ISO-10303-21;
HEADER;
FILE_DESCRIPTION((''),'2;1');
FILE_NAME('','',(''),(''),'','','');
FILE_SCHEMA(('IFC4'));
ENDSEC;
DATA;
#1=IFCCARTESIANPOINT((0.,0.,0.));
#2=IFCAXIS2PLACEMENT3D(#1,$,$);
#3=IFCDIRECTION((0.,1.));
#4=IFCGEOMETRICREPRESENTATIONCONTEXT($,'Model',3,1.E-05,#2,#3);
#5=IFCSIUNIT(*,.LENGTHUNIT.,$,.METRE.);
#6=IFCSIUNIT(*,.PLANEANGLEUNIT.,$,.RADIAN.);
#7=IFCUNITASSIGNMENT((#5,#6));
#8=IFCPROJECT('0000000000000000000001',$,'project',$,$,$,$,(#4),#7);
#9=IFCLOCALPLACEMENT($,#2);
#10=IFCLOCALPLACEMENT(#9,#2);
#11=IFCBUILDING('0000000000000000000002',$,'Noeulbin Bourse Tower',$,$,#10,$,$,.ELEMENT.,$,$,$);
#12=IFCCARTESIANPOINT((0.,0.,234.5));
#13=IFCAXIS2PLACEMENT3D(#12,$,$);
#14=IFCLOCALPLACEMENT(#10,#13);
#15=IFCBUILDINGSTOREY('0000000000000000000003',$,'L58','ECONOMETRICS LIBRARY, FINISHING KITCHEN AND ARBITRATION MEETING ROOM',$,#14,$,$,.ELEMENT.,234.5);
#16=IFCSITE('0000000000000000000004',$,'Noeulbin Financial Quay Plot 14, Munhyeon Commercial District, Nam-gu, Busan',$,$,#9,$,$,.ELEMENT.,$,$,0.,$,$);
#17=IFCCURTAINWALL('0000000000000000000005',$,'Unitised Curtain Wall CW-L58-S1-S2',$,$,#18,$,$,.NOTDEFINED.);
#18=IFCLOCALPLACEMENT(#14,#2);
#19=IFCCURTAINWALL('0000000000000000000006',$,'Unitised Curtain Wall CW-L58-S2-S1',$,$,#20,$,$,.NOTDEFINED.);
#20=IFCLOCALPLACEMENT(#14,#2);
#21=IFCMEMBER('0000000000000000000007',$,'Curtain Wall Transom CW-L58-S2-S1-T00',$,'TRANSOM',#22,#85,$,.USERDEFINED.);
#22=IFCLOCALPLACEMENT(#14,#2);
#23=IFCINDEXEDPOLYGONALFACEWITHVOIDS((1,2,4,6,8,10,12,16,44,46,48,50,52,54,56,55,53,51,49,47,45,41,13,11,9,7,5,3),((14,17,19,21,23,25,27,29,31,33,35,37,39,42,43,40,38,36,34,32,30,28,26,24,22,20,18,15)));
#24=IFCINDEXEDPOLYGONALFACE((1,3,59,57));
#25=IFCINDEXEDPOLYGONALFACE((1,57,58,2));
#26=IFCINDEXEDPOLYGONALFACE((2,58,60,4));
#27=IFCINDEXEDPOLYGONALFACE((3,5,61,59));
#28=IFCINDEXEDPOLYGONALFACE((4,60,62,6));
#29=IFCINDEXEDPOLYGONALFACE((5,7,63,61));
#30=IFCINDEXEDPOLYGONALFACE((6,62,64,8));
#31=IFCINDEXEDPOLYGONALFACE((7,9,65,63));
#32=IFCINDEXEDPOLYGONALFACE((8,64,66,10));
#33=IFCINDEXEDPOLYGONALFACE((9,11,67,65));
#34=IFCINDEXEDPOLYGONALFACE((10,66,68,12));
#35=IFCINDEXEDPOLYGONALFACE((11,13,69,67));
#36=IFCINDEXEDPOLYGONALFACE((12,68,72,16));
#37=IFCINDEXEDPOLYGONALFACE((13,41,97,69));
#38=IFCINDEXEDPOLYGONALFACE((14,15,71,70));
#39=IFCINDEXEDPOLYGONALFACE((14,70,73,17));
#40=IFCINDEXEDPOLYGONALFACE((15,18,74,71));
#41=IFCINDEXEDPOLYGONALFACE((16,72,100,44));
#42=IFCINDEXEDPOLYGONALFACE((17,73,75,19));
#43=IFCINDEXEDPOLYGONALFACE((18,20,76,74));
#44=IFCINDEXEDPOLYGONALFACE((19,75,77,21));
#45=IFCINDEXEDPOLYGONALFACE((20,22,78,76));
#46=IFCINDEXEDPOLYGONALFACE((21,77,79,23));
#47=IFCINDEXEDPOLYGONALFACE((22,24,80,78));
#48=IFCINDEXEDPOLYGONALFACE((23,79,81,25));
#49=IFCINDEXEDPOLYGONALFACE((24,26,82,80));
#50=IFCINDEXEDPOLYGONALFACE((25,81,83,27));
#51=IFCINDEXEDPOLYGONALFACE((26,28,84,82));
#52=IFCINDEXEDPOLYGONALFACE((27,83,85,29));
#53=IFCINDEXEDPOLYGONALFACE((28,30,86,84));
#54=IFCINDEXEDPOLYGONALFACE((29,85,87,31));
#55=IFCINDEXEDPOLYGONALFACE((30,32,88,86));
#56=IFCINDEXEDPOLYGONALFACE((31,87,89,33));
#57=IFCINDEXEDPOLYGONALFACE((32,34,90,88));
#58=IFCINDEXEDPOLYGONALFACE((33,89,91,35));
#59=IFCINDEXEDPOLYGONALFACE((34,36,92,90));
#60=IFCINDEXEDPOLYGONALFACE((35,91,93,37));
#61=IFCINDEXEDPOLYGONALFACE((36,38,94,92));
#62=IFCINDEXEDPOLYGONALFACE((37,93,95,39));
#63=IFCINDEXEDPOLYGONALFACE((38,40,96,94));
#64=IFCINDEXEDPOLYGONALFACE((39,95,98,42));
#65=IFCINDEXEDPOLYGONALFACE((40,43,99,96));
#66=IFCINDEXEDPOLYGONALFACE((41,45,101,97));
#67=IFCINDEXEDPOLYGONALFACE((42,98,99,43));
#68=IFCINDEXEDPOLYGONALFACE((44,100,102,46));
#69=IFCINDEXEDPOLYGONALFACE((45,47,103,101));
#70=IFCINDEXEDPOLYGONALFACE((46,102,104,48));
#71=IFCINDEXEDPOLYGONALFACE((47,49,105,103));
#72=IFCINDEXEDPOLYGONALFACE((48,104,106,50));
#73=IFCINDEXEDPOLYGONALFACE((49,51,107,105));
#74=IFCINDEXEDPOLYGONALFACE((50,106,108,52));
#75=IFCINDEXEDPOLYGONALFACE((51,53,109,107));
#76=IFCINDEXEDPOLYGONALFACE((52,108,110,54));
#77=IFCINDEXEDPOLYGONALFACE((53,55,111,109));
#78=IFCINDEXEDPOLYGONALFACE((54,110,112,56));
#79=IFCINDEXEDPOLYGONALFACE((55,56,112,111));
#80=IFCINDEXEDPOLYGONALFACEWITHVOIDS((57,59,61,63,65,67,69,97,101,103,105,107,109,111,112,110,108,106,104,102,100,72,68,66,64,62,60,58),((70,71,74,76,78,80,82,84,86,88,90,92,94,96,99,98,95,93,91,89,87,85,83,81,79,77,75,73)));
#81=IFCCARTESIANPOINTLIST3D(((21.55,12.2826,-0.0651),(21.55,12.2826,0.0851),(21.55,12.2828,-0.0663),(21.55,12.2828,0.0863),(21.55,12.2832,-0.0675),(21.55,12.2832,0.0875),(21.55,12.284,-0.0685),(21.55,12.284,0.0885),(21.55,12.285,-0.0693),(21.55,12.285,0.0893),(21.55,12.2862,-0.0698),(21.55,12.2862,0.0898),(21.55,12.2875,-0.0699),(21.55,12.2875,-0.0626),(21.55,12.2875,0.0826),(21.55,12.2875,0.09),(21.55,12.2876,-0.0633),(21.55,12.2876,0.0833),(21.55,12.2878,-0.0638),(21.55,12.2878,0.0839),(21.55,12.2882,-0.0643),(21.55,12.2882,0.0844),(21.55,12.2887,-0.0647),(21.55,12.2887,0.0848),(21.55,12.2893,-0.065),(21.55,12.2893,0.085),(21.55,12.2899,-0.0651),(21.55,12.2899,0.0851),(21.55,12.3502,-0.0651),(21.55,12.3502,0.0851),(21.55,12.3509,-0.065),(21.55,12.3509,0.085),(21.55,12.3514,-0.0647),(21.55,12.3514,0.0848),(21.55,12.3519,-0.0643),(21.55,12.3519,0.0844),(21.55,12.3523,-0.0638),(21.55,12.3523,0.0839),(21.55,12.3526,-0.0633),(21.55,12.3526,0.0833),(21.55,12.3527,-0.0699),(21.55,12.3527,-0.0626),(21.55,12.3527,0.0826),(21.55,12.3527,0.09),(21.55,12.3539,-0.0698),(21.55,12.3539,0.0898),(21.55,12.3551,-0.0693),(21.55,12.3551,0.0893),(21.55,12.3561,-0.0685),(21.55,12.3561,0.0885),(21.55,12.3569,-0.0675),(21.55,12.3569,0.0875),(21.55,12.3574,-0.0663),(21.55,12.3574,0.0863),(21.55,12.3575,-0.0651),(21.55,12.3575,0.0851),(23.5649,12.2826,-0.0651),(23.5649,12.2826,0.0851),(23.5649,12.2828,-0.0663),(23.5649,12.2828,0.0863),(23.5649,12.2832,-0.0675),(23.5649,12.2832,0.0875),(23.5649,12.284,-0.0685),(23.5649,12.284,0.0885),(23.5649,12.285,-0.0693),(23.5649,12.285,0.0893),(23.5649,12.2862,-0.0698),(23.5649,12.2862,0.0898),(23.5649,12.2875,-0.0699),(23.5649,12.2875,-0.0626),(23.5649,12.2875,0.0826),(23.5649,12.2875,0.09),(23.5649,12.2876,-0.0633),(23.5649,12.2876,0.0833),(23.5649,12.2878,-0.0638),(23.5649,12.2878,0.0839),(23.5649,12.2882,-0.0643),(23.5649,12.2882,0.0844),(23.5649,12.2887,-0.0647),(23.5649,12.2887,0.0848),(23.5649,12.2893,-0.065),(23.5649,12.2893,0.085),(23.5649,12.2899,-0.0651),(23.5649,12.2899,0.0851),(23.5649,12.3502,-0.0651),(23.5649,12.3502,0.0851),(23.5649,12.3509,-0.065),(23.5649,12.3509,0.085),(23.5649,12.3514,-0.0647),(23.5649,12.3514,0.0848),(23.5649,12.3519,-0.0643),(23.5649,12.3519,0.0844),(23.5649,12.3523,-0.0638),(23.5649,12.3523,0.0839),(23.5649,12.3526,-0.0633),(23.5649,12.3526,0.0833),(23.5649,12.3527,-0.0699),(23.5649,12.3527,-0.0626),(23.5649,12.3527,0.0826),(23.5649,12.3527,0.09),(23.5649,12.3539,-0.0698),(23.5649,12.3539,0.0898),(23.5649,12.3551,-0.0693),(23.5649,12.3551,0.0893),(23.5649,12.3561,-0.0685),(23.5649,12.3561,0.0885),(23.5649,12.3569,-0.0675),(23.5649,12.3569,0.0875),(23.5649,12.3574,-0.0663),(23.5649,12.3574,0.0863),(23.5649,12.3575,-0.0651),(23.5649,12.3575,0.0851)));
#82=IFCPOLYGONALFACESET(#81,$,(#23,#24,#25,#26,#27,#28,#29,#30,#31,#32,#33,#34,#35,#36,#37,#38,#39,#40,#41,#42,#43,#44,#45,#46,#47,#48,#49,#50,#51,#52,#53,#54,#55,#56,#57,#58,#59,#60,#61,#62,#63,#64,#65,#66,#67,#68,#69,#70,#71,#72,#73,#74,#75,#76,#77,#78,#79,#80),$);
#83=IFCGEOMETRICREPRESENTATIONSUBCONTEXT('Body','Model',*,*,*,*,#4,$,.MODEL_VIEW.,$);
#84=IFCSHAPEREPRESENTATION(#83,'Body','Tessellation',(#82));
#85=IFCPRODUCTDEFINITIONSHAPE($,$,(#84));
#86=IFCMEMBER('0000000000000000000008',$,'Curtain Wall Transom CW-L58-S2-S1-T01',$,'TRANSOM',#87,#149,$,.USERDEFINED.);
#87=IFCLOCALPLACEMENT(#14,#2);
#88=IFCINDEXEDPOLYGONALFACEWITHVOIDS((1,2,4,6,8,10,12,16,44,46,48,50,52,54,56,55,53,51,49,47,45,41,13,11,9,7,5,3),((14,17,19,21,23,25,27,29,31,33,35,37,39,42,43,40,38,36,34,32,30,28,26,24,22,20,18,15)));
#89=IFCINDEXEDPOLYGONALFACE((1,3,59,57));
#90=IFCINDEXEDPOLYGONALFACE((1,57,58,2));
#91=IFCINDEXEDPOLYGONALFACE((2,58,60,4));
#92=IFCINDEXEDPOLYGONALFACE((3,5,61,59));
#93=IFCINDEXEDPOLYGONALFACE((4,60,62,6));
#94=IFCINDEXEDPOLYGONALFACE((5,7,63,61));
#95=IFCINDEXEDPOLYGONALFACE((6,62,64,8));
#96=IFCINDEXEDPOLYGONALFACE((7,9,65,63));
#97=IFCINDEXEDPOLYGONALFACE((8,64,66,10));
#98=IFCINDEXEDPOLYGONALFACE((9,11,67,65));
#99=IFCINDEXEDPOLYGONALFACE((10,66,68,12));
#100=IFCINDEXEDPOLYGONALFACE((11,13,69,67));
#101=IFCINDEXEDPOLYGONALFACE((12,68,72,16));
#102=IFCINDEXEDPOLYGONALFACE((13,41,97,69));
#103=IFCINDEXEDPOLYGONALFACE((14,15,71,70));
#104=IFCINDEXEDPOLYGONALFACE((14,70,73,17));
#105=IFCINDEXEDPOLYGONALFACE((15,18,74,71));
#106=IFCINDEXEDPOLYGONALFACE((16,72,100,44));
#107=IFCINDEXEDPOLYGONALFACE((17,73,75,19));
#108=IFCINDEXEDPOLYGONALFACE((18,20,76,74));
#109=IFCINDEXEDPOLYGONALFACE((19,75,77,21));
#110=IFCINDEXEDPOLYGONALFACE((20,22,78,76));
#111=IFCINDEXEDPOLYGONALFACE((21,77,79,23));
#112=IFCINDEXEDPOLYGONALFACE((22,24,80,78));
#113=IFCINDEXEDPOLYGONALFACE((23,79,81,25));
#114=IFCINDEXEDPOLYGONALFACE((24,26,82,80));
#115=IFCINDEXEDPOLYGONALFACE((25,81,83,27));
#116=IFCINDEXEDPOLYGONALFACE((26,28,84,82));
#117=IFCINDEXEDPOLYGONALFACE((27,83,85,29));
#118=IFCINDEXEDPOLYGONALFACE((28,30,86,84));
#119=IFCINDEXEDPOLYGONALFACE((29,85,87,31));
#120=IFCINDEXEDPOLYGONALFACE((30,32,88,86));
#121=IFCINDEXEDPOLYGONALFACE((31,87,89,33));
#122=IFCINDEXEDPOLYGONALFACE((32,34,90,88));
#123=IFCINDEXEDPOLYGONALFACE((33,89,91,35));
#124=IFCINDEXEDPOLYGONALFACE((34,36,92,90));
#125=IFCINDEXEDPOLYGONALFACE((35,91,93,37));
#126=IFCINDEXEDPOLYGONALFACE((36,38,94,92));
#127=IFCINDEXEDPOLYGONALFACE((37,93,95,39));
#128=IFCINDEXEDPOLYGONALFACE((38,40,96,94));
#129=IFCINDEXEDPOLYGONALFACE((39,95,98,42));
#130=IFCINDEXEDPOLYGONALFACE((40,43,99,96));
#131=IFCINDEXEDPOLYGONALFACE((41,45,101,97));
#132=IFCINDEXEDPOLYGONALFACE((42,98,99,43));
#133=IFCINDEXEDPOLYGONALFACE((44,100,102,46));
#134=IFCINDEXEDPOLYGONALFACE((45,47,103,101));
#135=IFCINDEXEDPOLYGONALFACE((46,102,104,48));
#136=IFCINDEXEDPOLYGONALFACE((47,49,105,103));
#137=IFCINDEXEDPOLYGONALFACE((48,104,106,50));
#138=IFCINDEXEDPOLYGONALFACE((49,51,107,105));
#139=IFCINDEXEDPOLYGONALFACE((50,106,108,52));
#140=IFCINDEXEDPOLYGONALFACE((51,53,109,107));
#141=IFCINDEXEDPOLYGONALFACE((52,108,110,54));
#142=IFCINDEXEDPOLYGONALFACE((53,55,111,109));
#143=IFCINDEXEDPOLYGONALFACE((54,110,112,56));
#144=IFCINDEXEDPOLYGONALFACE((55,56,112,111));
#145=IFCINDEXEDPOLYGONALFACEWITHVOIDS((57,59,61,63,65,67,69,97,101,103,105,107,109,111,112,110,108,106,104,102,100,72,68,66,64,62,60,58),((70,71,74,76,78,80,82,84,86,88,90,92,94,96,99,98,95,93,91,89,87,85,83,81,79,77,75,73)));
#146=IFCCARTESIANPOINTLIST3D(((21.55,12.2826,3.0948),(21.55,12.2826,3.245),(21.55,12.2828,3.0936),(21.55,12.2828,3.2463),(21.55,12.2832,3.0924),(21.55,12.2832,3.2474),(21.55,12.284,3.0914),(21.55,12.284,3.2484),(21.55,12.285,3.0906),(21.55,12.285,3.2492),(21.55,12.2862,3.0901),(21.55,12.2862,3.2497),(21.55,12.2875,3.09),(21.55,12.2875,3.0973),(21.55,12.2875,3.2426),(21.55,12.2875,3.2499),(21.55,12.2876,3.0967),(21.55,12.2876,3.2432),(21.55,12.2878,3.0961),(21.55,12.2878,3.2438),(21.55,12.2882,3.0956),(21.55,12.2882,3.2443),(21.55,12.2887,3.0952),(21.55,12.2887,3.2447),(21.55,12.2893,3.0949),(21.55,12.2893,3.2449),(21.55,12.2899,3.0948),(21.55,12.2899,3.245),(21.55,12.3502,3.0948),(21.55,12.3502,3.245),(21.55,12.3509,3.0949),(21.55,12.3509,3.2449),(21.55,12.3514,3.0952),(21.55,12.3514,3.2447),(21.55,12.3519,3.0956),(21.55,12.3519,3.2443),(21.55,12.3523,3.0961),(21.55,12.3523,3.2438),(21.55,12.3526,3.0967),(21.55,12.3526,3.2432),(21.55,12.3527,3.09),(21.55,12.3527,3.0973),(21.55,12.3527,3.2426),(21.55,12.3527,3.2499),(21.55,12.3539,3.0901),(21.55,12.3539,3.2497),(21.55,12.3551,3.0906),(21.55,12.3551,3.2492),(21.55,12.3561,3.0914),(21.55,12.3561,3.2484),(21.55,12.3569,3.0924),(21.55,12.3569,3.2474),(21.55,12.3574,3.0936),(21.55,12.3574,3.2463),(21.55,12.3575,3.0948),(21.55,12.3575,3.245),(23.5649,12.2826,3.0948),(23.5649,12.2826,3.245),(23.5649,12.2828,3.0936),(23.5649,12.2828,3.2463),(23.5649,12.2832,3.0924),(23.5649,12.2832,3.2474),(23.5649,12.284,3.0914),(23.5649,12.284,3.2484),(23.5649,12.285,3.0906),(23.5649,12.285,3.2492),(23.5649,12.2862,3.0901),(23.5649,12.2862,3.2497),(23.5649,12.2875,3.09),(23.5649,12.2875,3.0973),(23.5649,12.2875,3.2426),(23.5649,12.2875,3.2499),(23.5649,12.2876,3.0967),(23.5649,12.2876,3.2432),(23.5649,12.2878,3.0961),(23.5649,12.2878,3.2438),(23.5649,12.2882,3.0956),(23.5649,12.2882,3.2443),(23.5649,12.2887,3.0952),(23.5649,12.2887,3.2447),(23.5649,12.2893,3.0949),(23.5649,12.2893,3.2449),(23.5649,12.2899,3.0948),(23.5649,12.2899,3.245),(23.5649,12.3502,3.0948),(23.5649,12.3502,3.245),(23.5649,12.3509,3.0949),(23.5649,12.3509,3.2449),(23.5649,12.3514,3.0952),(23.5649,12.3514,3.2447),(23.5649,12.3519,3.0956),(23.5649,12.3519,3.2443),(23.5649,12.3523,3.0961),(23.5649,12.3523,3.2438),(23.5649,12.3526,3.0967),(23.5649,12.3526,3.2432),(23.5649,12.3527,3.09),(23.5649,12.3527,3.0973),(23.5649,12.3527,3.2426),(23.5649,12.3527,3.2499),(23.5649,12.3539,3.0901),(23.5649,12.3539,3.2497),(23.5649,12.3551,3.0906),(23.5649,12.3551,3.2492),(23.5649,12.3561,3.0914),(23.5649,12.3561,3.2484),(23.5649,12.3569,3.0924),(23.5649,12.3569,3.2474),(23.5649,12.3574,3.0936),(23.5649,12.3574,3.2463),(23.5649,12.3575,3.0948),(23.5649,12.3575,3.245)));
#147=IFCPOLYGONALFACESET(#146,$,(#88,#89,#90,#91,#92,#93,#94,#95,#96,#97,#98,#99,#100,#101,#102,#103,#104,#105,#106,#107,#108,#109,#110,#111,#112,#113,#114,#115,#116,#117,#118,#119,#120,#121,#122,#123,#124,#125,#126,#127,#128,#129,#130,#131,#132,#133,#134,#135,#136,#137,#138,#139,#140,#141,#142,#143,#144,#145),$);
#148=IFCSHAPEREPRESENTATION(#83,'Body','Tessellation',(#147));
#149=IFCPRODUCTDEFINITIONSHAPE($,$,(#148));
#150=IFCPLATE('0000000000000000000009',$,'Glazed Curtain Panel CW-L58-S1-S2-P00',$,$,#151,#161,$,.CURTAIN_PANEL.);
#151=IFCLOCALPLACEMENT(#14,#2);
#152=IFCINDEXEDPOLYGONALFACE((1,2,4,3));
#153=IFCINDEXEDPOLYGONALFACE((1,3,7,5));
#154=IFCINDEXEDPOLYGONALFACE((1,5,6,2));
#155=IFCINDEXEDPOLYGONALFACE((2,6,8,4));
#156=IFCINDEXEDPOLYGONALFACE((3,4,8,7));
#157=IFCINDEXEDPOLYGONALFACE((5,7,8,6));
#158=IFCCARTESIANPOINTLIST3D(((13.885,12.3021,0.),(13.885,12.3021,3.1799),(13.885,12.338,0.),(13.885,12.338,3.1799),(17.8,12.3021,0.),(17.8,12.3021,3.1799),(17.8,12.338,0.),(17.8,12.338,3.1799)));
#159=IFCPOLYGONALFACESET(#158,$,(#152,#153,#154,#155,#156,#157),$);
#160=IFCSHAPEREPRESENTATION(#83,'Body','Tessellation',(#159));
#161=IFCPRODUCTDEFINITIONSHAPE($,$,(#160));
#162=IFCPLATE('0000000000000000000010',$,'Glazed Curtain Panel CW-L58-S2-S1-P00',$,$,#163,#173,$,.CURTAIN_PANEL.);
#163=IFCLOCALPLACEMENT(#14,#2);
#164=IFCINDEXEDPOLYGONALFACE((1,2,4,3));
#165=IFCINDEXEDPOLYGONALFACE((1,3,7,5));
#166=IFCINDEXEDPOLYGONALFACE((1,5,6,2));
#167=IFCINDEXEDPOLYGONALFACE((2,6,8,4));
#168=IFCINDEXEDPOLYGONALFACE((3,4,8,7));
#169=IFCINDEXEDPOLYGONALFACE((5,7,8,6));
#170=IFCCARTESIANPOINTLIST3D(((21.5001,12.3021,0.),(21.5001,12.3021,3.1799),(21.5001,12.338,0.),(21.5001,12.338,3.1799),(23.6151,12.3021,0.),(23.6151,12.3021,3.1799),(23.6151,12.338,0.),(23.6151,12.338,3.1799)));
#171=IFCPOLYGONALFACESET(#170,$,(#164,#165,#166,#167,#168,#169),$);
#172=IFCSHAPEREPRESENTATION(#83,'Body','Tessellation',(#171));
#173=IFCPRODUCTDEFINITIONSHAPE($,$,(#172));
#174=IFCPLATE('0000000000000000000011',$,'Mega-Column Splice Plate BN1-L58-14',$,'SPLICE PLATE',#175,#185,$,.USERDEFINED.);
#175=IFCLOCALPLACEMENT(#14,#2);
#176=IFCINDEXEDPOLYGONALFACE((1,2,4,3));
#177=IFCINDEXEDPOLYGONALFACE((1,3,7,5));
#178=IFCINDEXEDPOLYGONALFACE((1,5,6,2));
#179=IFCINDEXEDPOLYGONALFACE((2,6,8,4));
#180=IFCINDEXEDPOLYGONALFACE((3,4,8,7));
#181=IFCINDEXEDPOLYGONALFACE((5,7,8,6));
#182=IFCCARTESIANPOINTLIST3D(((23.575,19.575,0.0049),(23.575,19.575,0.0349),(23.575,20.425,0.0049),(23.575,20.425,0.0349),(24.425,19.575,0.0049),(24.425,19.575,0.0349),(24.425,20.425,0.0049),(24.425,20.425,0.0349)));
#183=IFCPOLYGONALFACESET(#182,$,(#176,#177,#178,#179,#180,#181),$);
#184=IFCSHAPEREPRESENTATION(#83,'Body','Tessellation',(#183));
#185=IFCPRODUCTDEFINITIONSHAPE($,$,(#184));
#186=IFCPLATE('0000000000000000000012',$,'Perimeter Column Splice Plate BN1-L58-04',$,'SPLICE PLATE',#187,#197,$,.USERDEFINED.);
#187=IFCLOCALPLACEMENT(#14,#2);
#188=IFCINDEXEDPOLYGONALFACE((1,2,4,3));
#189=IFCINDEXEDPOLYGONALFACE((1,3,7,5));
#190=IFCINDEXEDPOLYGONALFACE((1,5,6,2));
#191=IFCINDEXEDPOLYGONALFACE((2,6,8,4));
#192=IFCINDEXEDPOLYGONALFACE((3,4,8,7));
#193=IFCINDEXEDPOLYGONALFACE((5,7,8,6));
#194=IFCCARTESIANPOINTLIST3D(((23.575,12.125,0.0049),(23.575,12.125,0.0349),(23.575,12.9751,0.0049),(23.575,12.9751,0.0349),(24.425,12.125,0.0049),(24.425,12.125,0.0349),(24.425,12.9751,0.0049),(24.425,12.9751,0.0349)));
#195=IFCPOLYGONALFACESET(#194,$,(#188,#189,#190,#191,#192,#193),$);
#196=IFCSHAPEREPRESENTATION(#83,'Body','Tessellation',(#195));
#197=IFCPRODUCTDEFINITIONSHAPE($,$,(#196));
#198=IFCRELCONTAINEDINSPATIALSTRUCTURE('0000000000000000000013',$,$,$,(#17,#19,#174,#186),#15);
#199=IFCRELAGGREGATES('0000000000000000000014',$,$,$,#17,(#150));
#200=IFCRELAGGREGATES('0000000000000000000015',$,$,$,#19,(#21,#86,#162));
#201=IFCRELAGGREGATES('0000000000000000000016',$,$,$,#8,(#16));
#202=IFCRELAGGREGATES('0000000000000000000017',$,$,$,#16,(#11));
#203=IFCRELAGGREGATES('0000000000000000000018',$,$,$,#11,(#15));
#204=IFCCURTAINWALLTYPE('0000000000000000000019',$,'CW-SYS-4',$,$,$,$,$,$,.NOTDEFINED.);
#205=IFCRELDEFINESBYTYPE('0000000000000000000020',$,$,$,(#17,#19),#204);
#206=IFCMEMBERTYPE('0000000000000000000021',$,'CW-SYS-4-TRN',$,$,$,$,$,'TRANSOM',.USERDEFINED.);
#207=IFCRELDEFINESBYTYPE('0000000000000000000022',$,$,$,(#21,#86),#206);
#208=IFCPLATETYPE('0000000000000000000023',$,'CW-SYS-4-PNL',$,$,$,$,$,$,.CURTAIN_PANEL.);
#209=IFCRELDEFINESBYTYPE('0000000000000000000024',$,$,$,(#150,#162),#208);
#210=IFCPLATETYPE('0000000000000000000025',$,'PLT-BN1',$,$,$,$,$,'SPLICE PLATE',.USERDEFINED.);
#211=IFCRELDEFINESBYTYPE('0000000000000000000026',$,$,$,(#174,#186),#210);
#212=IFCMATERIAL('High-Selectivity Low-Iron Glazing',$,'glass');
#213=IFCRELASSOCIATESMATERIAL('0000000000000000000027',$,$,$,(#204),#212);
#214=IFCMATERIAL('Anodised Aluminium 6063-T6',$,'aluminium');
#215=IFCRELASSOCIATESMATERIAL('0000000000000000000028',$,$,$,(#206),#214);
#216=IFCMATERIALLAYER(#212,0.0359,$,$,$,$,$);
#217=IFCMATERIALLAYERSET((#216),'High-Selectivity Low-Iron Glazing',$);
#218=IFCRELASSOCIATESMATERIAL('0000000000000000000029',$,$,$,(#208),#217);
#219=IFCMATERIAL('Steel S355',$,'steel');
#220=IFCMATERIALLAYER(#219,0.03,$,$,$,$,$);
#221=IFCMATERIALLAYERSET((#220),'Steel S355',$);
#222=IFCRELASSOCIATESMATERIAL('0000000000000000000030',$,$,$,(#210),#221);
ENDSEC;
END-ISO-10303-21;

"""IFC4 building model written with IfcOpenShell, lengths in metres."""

from ifc_helpers import new_model, si_unit, direction, frame, origin, origin_2d, place, context, subcontext, project, spatial, rectangle, hollow_rectangle, extrude, material, layer, layer_set, material_profile, profile_set, type_object, element, aggregate, save


model = new_model("IFC4")

# Units and contexts
model_context = context("Model", 3, precision=1e-05, world=origin(), true_north=direction((0.0, 1.0)))
body_context = subcontext(model_context, "Body", "Model", "MODEL_VIEW")
ifc_project = project(units=[si_unit("LENGTHUNIT", "METRE"), si_unit("PLANEANGLEUNIT", "RADIAN")], contexts=[model_context])

# Site, building, storey
site_placement = place(None, origin())
site = spatial("IfcSite", under=ifc_project, at=site_placement, Name="Noeulbin Financial Quay Plot 14, Munhyeon Commercial District, Nam-gu, Busan", CompositionType="ELEMENT", RefElevation=0.0)
building_placement = place(site_placement, origin())
building = spatial("IfcBuilding", under=site, at=building_placement, Name="Noeulbin Bourse Tower", CompositionType="ELEMENT")
storey_placement = place(building_placement, frame((0.0, 0.0, 234.5)))
storey = spatial("IfcBuildingStorey", under=building, at=storey_placement, Name="L58", Description="ECONOMETRICS LIBRARY, FINISHING KITCHEN AND ARBITRATION MEETING ROOM", CompositionType="ELEMENT", Elevation=234.5)

# Shared definitions
ifc_material_1 = material(Name="Steel S355", Category="steel")

# Curtain walls
ifc_material_2 = material(Name="High-Selectivity Low-Iron Glazing", Category="glass")
curtain_wall_type = type_object("IfcCurtainWallType", Name="CW-SYS-4", PredefinedType="NOTDEFINED", material=ifc_material_2)
curtain_wall_1_placement = place(storey_placement, origin())
curtain_wall_1 = element("IfcCurtainWall", 1, at=curtain_wall_1_placement, inside=storey, type_object=curtain_wall_type, Name="Unitised Curtain Wall CW-L58-S1-S2", PredefinedType="NOTDEFINED")
ifc_material_3 = material(Name="Anodised Aluminium 6063-T6", Category="aluminium")
curtain_wall_2_placement = place(storey_placement, origin())
curtain_wall_2 = element("IfcCurtainWall", 2, at=curtain_wall_2_placement, inside=storey, type_object=curtain_wall_type, Name="Unitised Curtain Wall CW-L58-S2-S1", PredefinedType="NOTDEFINED")

# Members
ifc_material_profile_1 = material_profile(ifc_material_3, hollow_rectangle(XDim=0.075, YDim=0.1599, WallThickness=0.0049, InnerFilletRadius=0.0024, OuterFilletRadius=0.0049, at=origin_2d()), Name="ALU-TRAN-75x160x5", Category="LoadBearing")
ifc_profile_set_1 = profile_set([ifc_material_profile_1], Name="Anodised Aluminium 6063-T6")
member_type_1 = type_object("IfcMemberType", Name="CW-SYS-4-TRN", ElementType="TRANSOM", PredefinedType="USERDEFINED", material=ifc_profile_set_1)
member_1_placement = place(storey_placement, frame((21.55, 12.3201, 0.01), z_axis=(1.0, 0.0, 0.0), x_axis=(0.0, 1.0, 0.0)))
member_1 = element("IfcMember", 3, at=member_1_placement, type_object=member_type_1, Name="Curtain Wall Transom CW-L58-S2-S1-T00", ObjectType="TRANSOM", PredefinedType="USERDEFINED", context=body_context, shape_type="SweptSolid", body=[
    extrude(hollow_rectangle(XDim=0.075, YDim=0.1599, WallThickness=0.0049, InnerFilletRadius=0.0024, OuterFilletRadius=0.0049, at=origin_2d()), origin(), (0.0, 0.0, 1.0), 2.0149),
])
member_2_placement = place(storey_placement, frame((21.55, 12.3201, 3.1699), z_axis=(1.0, 0.0, 0.0), x_axis=(0.0, 1.0, 0.0)))
member_2 = element("IfcMember", 4, at=member_2_placement, type_object=member_type_1, Name="Curtain Wall Transom CW-L58-S2-S1-T01", ObjectType="TRANSOM", PredefinedType="USERDEFINED", context=body_context, shape_type="SweptSolid", body=[
    extrude(hollow_rectangle(XDim=0.075, YDim=0.1599, WallThickness=0.0049, InnerFilletRadius=0.0024, OuterFilletRadius=0.0049, at=origin_2d()), origin(), (0.0, 0.0, 1.0), 2.0149),
])

# Plates
ifc_layer_1 = layer(ifc_material_2, 0.0359)
ifc_layer_set_1 = layer_set([ifc_layer_1], Name="High-Selectivity Low-Iron Glazing")
plate_type_1 = type_object("IfcPlateType", Name="CW-SYS-4-PNL", PredefinedType="CURTAIN_PANEL", material=ifc_layer_set_1)
plate_1_placement = place(storey_placement, frame((15.8425, 12.3201, 0.0), z_axis=(0.0, 0.0, 1.0), x_axis=(1.0, 0.0, 0.0)))
plate_1 = element("IfcPlate", 5, at=plate_1_placement, type_object=plate_type_1, Name="Glazed Curtain Panel CW-L58-S1-S2-P00", PredefinedType="CURTAIN_PANEL", context=body_context, shape_type="SweptSolid", body=[
    extrude(rectangle(XDim=3.915, YDim=0.0359, at=origin_2d()), origin(), (0.0, 0.0, 1.0), 3.1799),
])
aggregate(curtain_wall_1, [plate_1])
plate_2_placement = place(storey_placement, frame((22.5576, 12.3201, 0.0), z_axis=(0.0, 0.0, 1.0), x_axis=(1.0, 0.0, 0.0)))
plate_2 = element("IfcPlate", 6, at=plate_2_placement, type_object=plate_type_1, Name="Glazed Curtain Panel CW-L58-S2-S1-P00", PredefinedType="CURTAIN_PANEL", context=body_context, shape_type="SweptSolid", body=[
    extrude(rectangle(XDim=2.115, YDim=0.0359, at=origin_2d()), origin(), (0.0, 0.0, 1.0), 3.1799),
])
aggregate(curtain_wall_2, [member_1, member_2, plate_2])

# Plates
ifc_layer_2 = layer(ifc_material_1, 0.03)
ifc_layer_set_2 = layer_set([ifc_layer_2], Name="Steel S355")
plate_type_2 = type_object("IfcPlateType", Name="PLT-BN1", ElementType="SPLICE PLATE", PredefinedType="USERDEFINED", material=ifc_layer_set_2)
for number, where, z_axis, x_axis, name in (
    (7, (24.0, 20.0, 0.0049), (0.0, 0.0, 1.0), (1.0, 0.0, 0.0), "Mega-Column Splice Plate BN1-L58-14"),
    (8, (24.0, 12.55, 0.0049), (0.0, 0.0, 1.0), (1.0, 0.0, 0.0), "Perimeter Column Splice Plate BN1-L58-04"),
):
    element("IfcPlate", number, at=place(storey_placement, frame(where, z_axis=z_axis, x_axis=x_axis)), inside=storey, type_object=plate_type_2, Name=name, ObjectType="SPLICE PLATE", PredefinedType="USERDEFINED", context=body_context, shape_type="SweptSolid", body=[
        extrude(rectangle(XDim=0.8501, YDim=0.8501, at=origin_2d()), origin(), (0.0, 0.0, 1.0), 0.03),
    ])

save(model, "model.ifc")
